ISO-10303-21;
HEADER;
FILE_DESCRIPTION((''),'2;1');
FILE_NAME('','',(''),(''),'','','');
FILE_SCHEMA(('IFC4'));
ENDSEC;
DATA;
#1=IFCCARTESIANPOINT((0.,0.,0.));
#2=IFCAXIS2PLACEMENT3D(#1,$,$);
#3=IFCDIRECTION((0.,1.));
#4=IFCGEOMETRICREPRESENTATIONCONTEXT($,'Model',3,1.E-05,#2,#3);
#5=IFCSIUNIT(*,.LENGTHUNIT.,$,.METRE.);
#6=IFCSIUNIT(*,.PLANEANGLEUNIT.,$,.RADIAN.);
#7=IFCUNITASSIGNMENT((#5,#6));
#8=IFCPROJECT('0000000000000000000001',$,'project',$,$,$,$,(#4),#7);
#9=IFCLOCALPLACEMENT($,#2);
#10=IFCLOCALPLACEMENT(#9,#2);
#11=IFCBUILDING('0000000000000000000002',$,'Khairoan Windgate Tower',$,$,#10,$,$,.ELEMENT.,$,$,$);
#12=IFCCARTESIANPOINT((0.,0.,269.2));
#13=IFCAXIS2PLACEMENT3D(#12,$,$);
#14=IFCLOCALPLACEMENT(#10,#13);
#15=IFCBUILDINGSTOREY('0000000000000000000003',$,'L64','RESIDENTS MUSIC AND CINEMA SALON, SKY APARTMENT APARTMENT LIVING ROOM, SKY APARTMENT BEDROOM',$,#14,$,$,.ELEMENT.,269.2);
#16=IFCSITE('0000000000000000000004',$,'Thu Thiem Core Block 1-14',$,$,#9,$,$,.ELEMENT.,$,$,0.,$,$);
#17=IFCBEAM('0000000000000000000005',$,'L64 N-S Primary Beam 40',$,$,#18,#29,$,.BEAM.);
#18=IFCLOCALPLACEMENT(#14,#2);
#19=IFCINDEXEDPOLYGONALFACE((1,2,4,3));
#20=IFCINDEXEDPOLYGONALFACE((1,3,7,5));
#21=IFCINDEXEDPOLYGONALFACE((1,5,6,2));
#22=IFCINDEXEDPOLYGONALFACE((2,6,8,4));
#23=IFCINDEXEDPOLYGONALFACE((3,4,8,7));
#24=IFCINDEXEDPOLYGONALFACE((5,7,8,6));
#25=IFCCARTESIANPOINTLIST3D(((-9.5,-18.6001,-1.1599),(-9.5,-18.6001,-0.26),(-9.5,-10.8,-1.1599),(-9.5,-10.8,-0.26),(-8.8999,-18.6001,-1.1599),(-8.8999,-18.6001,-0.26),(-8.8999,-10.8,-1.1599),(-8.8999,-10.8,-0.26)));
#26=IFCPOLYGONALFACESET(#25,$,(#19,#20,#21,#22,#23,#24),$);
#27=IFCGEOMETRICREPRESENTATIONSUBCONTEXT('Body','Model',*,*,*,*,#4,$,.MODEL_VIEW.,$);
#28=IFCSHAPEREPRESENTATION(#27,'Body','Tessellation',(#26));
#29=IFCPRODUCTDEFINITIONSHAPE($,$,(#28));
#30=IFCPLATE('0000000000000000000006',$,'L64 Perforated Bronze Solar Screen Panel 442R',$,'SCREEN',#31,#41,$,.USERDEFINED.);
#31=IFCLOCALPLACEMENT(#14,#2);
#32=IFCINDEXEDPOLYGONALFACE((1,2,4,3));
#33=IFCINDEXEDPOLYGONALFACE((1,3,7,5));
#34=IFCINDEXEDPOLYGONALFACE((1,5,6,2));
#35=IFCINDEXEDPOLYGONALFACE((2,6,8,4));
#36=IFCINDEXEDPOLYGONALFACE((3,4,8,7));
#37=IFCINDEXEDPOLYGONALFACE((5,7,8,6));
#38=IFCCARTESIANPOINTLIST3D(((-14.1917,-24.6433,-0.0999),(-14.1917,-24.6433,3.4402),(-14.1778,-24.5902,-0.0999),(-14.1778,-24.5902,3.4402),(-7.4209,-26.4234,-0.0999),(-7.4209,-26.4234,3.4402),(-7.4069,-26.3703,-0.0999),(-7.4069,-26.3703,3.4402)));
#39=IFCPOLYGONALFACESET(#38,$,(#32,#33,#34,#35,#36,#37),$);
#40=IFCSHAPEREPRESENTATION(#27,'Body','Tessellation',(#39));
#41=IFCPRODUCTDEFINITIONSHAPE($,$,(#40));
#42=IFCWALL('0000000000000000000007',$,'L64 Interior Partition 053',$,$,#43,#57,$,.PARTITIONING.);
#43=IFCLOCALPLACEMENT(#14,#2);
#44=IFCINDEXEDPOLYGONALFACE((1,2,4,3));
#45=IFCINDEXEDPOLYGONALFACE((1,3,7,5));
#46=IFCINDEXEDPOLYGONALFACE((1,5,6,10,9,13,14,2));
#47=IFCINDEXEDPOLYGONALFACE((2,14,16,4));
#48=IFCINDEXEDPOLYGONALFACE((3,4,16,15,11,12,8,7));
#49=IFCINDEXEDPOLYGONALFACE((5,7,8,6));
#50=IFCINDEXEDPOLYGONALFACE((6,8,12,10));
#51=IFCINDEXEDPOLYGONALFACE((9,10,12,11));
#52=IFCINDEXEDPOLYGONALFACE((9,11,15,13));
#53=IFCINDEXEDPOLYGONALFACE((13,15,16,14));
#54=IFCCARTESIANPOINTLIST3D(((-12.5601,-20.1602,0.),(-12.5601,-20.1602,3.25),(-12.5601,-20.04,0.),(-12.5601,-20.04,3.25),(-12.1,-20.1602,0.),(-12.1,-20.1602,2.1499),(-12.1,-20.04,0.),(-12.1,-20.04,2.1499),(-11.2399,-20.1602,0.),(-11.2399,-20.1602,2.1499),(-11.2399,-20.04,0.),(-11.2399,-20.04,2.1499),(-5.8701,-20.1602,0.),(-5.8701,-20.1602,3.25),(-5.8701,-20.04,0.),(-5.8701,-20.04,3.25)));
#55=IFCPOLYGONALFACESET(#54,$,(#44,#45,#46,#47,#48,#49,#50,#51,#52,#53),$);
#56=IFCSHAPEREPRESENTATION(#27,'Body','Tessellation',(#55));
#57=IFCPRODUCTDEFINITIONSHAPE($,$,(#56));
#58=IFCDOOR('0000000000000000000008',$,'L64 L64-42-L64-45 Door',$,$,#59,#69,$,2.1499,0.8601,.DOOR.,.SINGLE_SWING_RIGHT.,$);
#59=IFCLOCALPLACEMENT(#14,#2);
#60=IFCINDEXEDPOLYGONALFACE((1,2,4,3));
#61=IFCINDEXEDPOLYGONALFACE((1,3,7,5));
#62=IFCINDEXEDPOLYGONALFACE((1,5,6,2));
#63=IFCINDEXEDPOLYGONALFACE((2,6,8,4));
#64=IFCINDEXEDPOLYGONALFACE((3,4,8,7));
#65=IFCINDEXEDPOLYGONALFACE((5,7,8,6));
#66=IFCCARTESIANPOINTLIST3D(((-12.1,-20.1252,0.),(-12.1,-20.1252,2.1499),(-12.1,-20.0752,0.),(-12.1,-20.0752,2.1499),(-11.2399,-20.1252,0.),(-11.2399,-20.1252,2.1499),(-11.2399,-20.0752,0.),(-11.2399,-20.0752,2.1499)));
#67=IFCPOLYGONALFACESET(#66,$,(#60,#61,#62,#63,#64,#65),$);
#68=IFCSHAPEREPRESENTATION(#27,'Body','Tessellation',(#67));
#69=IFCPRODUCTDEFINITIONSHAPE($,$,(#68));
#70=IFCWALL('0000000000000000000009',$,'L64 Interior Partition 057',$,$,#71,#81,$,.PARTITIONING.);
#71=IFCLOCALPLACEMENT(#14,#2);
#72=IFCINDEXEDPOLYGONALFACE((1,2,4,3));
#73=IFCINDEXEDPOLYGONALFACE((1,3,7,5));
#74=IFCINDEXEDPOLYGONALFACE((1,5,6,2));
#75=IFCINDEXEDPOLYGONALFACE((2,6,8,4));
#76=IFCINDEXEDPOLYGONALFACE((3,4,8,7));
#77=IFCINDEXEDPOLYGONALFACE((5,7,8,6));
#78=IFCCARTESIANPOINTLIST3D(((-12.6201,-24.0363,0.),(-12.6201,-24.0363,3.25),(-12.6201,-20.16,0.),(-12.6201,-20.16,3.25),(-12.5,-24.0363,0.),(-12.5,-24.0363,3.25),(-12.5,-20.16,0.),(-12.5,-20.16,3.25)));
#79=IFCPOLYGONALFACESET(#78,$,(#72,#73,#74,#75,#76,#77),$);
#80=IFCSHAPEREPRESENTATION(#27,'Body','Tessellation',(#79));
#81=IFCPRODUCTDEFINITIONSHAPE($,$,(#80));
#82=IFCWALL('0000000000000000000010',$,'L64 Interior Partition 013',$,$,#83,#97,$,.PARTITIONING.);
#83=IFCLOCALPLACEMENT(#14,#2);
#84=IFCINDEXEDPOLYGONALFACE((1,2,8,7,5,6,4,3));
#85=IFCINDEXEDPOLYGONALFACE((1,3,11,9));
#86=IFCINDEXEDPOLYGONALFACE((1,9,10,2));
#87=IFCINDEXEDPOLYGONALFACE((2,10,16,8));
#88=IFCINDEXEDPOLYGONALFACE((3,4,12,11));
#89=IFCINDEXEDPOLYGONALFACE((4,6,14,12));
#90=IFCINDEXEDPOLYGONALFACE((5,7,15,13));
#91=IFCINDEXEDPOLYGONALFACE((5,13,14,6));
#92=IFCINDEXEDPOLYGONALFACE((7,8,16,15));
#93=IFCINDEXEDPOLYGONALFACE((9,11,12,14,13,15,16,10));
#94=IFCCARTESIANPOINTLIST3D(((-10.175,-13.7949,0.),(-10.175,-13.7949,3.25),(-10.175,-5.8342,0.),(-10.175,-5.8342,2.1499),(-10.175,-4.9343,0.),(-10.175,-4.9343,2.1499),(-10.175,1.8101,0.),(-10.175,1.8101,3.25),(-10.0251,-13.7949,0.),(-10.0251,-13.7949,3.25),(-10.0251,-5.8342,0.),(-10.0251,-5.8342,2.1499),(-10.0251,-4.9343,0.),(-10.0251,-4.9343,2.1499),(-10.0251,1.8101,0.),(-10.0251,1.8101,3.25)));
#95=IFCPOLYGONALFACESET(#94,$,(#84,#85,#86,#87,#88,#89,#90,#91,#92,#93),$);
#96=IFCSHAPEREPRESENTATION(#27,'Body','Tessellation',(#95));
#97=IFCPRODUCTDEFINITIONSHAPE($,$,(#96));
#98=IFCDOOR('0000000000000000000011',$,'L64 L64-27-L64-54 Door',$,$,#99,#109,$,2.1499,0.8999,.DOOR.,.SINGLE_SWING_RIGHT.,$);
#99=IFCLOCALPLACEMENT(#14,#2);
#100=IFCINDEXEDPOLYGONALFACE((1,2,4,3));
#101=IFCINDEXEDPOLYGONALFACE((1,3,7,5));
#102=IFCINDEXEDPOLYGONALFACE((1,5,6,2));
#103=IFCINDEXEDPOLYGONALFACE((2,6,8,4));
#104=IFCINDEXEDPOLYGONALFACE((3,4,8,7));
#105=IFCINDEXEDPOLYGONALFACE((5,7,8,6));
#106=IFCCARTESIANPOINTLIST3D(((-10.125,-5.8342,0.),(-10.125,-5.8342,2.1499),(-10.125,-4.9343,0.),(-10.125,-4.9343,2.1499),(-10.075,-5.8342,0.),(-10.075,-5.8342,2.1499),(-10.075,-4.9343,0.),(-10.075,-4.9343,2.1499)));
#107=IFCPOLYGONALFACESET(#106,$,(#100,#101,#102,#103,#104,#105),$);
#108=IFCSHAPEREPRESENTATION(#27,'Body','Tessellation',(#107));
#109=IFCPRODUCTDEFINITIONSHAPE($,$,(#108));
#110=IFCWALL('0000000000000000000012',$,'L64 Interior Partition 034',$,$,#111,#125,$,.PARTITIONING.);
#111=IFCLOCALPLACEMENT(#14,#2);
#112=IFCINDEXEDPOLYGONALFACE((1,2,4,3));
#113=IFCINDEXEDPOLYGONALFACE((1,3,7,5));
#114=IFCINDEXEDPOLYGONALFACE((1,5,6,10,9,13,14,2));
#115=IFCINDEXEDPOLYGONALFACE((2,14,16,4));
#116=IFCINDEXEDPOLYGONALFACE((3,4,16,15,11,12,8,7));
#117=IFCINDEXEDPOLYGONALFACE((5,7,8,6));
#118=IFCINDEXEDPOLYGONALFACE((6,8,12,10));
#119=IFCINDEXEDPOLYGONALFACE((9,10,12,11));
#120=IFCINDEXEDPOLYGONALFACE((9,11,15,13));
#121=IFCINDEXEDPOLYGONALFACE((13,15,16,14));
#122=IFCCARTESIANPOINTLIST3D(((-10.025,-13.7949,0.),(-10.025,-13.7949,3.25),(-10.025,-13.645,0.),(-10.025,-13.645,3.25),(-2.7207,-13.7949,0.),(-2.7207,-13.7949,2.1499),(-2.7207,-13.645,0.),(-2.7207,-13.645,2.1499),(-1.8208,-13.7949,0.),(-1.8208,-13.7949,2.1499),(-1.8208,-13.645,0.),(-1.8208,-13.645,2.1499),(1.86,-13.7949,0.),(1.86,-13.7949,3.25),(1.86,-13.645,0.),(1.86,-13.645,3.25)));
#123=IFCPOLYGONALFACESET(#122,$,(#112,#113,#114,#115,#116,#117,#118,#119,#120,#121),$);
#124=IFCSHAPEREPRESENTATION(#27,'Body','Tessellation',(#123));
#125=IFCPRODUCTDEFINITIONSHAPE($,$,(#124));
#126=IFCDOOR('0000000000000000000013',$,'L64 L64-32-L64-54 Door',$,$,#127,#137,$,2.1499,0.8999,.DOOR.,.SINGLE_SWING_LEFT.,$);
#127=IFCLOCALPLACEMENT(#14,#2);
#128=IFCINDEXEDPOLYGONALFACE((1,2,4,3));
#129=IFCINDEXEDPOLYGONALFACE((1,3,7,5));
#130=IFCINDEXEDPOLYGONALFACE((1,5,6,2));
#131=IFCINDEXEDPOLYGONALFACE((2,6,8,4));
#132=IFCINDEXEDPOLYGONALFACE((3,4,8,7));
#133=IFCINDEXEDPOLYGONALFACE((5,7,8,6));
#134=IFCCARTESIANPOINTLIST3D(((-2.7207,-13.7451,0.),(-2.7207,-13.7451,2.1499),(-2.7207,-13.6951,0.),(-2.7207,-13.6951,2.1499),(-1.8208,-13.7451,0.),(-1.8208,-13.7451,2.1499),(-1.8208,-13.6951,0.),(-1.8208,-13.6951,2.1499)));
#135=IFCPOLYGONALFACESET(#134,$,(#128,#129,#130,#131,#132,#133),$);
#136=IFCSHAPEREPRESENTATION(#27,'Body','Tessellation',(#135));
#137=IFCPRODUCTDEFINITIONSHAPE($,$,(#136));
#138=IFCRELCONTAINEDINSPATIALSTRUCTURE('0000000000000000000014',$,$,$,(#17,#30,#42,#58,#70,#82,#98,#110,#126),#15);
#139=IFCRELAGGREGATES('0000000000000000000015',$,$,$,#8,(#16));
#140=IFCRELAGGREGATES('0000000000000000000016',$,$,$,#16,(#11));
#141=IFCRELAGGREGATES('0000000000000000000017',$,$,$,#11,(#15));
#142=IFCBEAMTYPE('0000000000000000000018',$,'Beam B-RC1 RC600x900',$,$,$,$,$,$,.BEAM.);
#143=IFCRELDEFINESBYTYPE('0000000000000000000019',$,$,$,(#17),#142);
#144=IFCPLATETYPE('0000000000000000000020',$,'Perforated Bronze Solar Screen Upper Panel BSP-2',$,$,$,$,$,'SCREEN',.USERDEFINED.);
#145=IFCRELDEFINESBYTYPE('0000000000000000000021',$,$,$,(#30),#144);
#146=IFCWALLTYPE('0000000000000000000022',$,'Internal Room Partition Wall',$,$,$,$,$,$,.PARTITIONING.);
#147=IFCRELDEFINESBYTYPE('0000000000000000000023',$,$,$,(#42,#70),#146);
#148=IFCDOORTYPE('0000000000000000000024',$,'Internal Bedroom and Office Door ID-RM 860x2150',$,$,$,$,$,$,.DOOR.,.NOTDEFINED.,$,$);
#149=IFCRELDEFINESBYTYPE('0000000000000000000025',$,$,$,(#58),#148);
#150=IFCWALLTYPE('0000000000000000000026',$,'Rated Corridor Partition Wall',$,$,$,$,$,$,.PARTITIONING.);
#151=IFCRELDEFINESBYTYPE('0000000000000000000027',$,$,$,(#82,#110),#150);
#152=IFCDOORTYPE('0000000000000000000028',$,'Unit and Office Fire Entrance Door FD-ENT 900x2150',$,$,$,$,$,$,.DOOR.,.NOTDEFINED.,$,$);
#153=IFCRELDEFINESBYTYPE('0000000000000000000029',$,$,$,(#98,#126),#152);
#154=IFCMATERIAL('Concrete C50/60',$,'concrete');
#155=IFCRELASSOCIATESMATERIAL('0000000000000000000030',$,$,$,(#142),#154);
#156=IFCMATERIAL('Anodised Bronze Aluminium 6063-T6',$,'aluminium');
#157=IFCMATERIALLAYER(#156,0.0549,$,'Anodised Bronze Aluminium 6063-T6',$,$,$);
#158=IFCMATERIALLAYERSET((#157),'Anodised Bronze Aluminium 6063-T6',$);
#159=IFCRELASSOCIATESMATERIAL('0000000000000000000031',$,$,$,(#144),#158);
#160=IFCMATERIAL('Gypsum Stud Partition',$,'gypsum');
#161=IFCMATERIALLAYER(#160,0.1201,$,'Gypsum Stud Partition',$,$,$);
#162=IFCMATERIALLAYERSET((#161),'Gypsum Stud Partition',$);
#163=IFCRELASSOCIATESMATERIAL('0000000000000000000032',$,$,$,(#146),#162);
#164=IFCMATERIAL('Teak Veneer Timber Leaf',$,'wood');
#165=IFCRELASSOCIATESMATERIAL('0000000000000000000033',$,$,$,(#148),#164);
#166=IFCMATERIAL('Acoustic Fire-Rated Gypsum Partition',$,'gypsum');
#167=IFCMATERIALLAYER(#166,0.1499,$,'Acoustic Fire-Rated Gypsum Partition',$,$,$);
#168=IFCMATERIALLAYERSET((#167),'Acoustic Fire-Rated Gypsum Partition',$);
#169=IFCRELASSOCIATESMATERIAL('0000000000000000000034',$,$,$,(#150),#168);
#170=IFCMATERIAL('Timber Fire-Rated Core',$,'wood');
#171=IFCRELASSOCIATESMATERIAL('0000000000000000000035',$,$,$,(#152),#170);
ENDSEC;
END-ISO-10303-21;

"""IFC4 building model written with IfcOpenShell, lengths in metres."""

from ifc_helpers import new_model, si_unit, direction, frame, frame_2d, origin, origin_2d, place, context, subcontext, project, spatial, rectangle, extrude, material, layer, layer_set, material_profile, profile_set, type_object, element, fill, save


model = new_model("IFC4")

# Units and contexts
model_context = context("Model", 3, precision=1e-05, world=origin(), true_north=direction((0.0, 1.0)))
body_context = subcontext(model_context, "Body", "Model", "MODEL_VIEW")
ifc_project = project(units=[si_unit("LENGTHUNIT", "METRE"), si_unit("PLANEANGLEUNIT", "RADIAN")], contexts=[model_context])

# Site, building, storey
site_placement = place(None, origin())
site = spatial("IfcSite", under=ifc_project, at=site_placement, Name="Thu Thiem Core Block 1-14", CompositionType="ELEMENT", RefElevation=0.0)
building_placement = place(site_placement, origin())
building = spatial("IfcBuilding", under=site, at=building_placement, Name="Khairoan Windgate Tower", CompositionType="ELEMENT")
storey_placement = place(building_placement, frame((0.0, 0.0, 269.2)))
storey = spatial("IfcBuildingStorey", under=building, at=storey_placement, Name="L64", Description="RESIDENTS MUSIC AND CINEMA SALON, SKY APARTMENT APARTMENT LIVING ROOM, SKY APARTMENT BEDROOM", CompositionType="ELEMENT", Elevation=269.2)

# Beam
ifc_material_1 = material(Name="Concrete C50/60", Category="concrete")
ifc_material_profile_1 = material_profile(ifc_material_1, rectangle(XDim=0.6001, YDim=0.8999, at=origin_2d()))
ifc_profile_set_1 = profile_set([ifc_material_profile_1], Name="Concrete C50/60")
beam_type = type_object("IfcBeamType", Name="Beam B-RC1 RC600x900", PredefinedType="BEAM", material=ifc_profile_set_1)
beam_1_placement = place(storey_placement, frame((-9.2, -18.6001, -0.71), z_axis=(0.0, 1.0, 0.0), x_axis=(-1.0, 0.0, 0.0)))
element("IfcBeam", 1, at=beam_1_placement, inside=storey, type_object=beam_type, Name="L64 N-S Primary Beam 40", PredefinedType="BEAM", context=body_context, shape_type="SweptSolid", body=[
    extrude(rectangle(XDim=0.6001, YDim=0.8999, at=origin_2d()), origin(), (0.0, 0.0, 1.0), 7.8),
])

# Plate
ifc_material_2 = material(Name="Anodised Bronze Aluminium 6063-T6", Category="aluminium")
ifc_layer_1 = layer(ifc_material_2, 0.0549, Name="Anodised Bronze Aluminium 6063-T6")
ifc_layer_set_1 = layer_set([ifc_layer_1], Name="Anodised Bronze Aluminium 6063-T6")
plate_type = type_object("IfcPlateType", Name="Perforated Bronze Solar Screen Upper Panel BSP-2", ElementType="SCREEN", PredefinedType="USERDEFINED", material=ifc_layer_set_1)
plate_placement = place(storey_placement, frame((-10.7993, -25.5068, -0.0999), z_axis=(0.0, 0.0, 1.0), x_axis=(-0.967135, 0.254264, 0.0)))
element("IfcPlate", 2, at=plate_placement, inside=storey, type_object=plate_type, Name="L64 Perforated Bronze Solar Screen Panel 442R", ObjectType="SCREEN", PredefinedType="USERDEFINED", context=body_context, shape_type="SweptSolid", body=[
    extrude(rectangle(XDim=7.001, YDim=0.0549, at=origin_2d()), origin(), (0.0, 0.0, 1.0), 3.54),
])

# Wall, opening, door
ifc_material_3 = material(Name="Gypsum Stud Partition", Category="gypsum")
ifc_layer_2 = layer(ifc_material_3, 0.1201, Name="Gypsum Stud Partition")
ifc_layer_set_2 = layer_set([ifc_layer_2], Name="Gypsum Stud Partition")
wall_type_1 = type_object("IfcWallType", Name="Internal Room Partition Wall", PredefinedType="PARTITIONING", material=ifc_layer_set_2)
wall_1_placement = place(storey_placement, frame((-12.5601, -20.1001, 0.0), z_axis=(0.0, 0.0, 1.0), x_axis=(1.0, 0.0, 0.0)))
wall_1 = element("IfcWall", 3, at=wall_1_placement, inside=storey, type_object=wall_type_1, Name="L64 Interior Partition 053", PredefinedType="PARTITIONING", context=body_context, shape_type="SweptSolid", body=[
    extrude(rectangle(XDim=6.6899, YDim=0.1201, at=frame_2d((3.345, 0.0))), origin(), (0.0, 0.0, 1.0), 3.25),
])
opening_1_placement = place(wall_1_placement, frame((0.46, 0.0, 0.0)))
opening_1 = element("IfcOpeningElement", 4, at=opening_1_placement, cuts=wall_1, PredefinedType="OPENING", context=body_context, shape_type="SweptSolid", body=[
    extrude(rectangle(XDim=0.8601, YDim=2.1499, at=frame_2d((0.4302, 1.075))), frame((0.0, 0.0701, 0.0), z_axis=(0.0, -1.0, 0.0), x_axis=(1.0, 0.0, 0.0)), (0.0, 0.0, 1.0), 0.1401),
])
ifc_material_4 = material(Name="Teak Veneer Timber Leaf", Category="wood")
door_type_1 = type_object("IfcDoorType", Name="Internal Bedroom and Office Door ID-RM 860x2150", OperationType="NOTDEFINED", PredefinedType="DOOR", material=ifc_material_4)
door_1_placement = place(opening_1_placement, origin())
door_1 = element("IfcDoor", 5, at=door_1_placement, inside=storey, type_object=door_type_1, Name="L64 L64-42-L64-45 Door", OperationType="SINGLE_SWING_RIGHT", OverallHeight=2.1499, OverallWidth=0.8601, PredefinedType="DOOR", context=body_context, shape_type="SweptSolid", body=[
    extrude(rectangle(XDim=0.8601, YDim=2.1499, at=frame_2d((0.4302, 1.075))), frame((0.0, 0.0249, 0.0), z_axis=(0.0, -1.0, 0.0), x_axis=(1.0, 0.0, 0.0)), (0.0, 0.0, 1.0), 0.05),
])
fill(opening_1, door_1)

# Wall
wall_2_placement = place(storey_placement, frame((-12.5601, -24.0361, 0.0), z_axis=(0.0, 0.0, 1.0), x_axis=(0.0, 1.0, 0.0)))
element("IfcWall", 6, at=wall_2_placement, inside=storey, type_object=wall_type_1, Name="L64 Interior Partition 057", PredefinedType="PARTITIONING", context=body_context, shape_type="SweptSolid", body=[
    extrude(rectangle(XDim=3.8762, YDim=0.1201, at=frame_2d((1.938, 0.0))), origin(), (0.0, 0.0, 1.0), 3.25),
])

# Walls, openings, doors
ifc_material_5 = material(Name="Acoustic Fire-Rated Gypsum Partition", Category="gypsum")
ifc_layer_3 = layer(ifc_material_5, 0.1499, Name="Acoustic Fire-Rated Gypsum Partition")
ifc_layer_set_3 = layer_set([ifc_layer_3], Name="Acoustic Fire-Rated Gypsum Partition")
wall_type_2 = type_object("IfcWallType", Name="Rated Corridor Partition Wall", PredefinedType="PARTITIONING", material=ifc_layer_set_3)
wall_3_placement = place(storey_placement, frame((-10.1001, -13.7949, 0.0), z_axis=(0.0, 0.0, 1.0), x_axis=(0.0, 1.0, 0.0)))
wall_3 = element("IfcWall", 7, at=wall_3_placement, inside=storey, type_object=wall_type_2, Name="L64 Interior Partition 013", PredefinedType="PARTITIONING", context=body_context, shape_type="SweptSolid", body=[
    extrude(rectangle(XDim=15.605, YDim=0.1499, at=frame_2d((7.8025, 0.0))), origin(), (0.0, 0.0, 1.0), 3.25),
])
opening_2_placement = place(wall_3_placement, frame((7.9607, 0.0, 0.0)))
opening_2 = element("IfcOpeningElement", 8, at=opening_2_placement, cuts=wall_3, PredefinedType="OPENING", context=body_context, shape_type="SweptSolid", body=[
    extrude(rectangle(XDim=0.8999, YDim=2.1499, at=frame_2d((0.45, 1.075))), frame((0.0, 0.085, 0.0), z_axis=(0.0, -1.0, 0.0), x_axis=(1.0, 0.0, 0.0)), (0.0, 0.0, 1.0), 0.1699),
])
ifc_material_6 = material(Name="Timber Fire-Rated Core", Category="wood")
door_type_2 = type_object("IfcDoorType", Name="Unit and Office Fire Entrance Door FD-ENT 900x2150", OperationType="NOTDEFINED", PredefinedType="DOOR", material=ifc_material_6)
door_2_placement = place(opening_2_placement, origin())
door_2 = element("IfcDoor", 9, at=door_2_placement, inside=storey, type_object=door_type_2, Name="L64 L64-27-L64-54 Door", OperationType="SINGLE_SWING_RIGHT", OverallHeight=2.1499, OverallWidth=0.8999, PredefinedType="DOOR", context=body_context, shape_type="SweptSolid", body=[
    extrude(rectangle(XDim=0.8999, YDim=2.1499, at=frame_2d((0.45, 1.075))), frame((0.0, 0.0249, 0.0), z_axis=(0.0, -1.0, 0.0), x_axis=(1.0, 0.0, 0.0)), (0.0, 0.0, 1.0), 0.05),
])
fill(opening_2, door_2)
wall_4_placement = place(storey_placement, frame((-10.0249, -13.72, 0.0), z_axis=(0.0, 0.0, 1.0), x_axis=(1.0, 0.0, 0.0)))
wall_4 = element("IfcWall", 10, at=wall_4_placement, inside=storey, type_object=wall_type_2, Name="L64 Interior Partition 034", PredefinedType="PARTITIONING", context=body_context, shape_type="SweptSolid", body=[
    extrude(rectangle(XDim=11.885, YDim=0.1499, at=frame_2d((5.9424, 0.0))), origin(), (0.0, 0.0, 1.0), 3.25),
])
opening_3_placement = place(wall_4_placement, frame((7.3042, 0.0, 0.0)))
opening_3 = element("IfcOpeningElement", 11, at=opening_3_placement, cuts=wall_4, PredefinedType="OPENING", context=body_context, shape_type="SweptSolid", body=[
    extrude(rectangle(XDim=0.8999, YDim=2.1499, at=frame_2d((0.45, 1.075))), frame((0.0, 0.085, 0.0), z_axis=(0.0, -1.0, 0.0), x_axis=(1.0, 0.0, 0.0)), (0.0, 0.0, 1.0), 0.1699),
])
door_3_placement = place(opening_3_placement, origin())
door_3 = element("IfcDoor", 12, at=door_3_placement, inside=storey, type_object=door_type_2, Name="L64 L64-32-L64-54 Door", OperationType="SINGLE_SWING_LEFT", OverallHeight=2.1499, OverallWidth=0.8999, PredefinedType="DOOR", context=body_context, shape_type="SweptSolid", body=[
    extrude(rectangle(XDim=0.8999, YDim=2.1499, at=frame_2d((0.45, 1.075))), frame((0.0, 0.0249, 0.0), z_axis=(0.0, -1.0, 0.0), x_axis=(1.0, 0.0, 0.0)), (0.0, 0.0, 1.0), 0.05),
])
fill(opening_3, door_3)

save(model, "model.ifc")
